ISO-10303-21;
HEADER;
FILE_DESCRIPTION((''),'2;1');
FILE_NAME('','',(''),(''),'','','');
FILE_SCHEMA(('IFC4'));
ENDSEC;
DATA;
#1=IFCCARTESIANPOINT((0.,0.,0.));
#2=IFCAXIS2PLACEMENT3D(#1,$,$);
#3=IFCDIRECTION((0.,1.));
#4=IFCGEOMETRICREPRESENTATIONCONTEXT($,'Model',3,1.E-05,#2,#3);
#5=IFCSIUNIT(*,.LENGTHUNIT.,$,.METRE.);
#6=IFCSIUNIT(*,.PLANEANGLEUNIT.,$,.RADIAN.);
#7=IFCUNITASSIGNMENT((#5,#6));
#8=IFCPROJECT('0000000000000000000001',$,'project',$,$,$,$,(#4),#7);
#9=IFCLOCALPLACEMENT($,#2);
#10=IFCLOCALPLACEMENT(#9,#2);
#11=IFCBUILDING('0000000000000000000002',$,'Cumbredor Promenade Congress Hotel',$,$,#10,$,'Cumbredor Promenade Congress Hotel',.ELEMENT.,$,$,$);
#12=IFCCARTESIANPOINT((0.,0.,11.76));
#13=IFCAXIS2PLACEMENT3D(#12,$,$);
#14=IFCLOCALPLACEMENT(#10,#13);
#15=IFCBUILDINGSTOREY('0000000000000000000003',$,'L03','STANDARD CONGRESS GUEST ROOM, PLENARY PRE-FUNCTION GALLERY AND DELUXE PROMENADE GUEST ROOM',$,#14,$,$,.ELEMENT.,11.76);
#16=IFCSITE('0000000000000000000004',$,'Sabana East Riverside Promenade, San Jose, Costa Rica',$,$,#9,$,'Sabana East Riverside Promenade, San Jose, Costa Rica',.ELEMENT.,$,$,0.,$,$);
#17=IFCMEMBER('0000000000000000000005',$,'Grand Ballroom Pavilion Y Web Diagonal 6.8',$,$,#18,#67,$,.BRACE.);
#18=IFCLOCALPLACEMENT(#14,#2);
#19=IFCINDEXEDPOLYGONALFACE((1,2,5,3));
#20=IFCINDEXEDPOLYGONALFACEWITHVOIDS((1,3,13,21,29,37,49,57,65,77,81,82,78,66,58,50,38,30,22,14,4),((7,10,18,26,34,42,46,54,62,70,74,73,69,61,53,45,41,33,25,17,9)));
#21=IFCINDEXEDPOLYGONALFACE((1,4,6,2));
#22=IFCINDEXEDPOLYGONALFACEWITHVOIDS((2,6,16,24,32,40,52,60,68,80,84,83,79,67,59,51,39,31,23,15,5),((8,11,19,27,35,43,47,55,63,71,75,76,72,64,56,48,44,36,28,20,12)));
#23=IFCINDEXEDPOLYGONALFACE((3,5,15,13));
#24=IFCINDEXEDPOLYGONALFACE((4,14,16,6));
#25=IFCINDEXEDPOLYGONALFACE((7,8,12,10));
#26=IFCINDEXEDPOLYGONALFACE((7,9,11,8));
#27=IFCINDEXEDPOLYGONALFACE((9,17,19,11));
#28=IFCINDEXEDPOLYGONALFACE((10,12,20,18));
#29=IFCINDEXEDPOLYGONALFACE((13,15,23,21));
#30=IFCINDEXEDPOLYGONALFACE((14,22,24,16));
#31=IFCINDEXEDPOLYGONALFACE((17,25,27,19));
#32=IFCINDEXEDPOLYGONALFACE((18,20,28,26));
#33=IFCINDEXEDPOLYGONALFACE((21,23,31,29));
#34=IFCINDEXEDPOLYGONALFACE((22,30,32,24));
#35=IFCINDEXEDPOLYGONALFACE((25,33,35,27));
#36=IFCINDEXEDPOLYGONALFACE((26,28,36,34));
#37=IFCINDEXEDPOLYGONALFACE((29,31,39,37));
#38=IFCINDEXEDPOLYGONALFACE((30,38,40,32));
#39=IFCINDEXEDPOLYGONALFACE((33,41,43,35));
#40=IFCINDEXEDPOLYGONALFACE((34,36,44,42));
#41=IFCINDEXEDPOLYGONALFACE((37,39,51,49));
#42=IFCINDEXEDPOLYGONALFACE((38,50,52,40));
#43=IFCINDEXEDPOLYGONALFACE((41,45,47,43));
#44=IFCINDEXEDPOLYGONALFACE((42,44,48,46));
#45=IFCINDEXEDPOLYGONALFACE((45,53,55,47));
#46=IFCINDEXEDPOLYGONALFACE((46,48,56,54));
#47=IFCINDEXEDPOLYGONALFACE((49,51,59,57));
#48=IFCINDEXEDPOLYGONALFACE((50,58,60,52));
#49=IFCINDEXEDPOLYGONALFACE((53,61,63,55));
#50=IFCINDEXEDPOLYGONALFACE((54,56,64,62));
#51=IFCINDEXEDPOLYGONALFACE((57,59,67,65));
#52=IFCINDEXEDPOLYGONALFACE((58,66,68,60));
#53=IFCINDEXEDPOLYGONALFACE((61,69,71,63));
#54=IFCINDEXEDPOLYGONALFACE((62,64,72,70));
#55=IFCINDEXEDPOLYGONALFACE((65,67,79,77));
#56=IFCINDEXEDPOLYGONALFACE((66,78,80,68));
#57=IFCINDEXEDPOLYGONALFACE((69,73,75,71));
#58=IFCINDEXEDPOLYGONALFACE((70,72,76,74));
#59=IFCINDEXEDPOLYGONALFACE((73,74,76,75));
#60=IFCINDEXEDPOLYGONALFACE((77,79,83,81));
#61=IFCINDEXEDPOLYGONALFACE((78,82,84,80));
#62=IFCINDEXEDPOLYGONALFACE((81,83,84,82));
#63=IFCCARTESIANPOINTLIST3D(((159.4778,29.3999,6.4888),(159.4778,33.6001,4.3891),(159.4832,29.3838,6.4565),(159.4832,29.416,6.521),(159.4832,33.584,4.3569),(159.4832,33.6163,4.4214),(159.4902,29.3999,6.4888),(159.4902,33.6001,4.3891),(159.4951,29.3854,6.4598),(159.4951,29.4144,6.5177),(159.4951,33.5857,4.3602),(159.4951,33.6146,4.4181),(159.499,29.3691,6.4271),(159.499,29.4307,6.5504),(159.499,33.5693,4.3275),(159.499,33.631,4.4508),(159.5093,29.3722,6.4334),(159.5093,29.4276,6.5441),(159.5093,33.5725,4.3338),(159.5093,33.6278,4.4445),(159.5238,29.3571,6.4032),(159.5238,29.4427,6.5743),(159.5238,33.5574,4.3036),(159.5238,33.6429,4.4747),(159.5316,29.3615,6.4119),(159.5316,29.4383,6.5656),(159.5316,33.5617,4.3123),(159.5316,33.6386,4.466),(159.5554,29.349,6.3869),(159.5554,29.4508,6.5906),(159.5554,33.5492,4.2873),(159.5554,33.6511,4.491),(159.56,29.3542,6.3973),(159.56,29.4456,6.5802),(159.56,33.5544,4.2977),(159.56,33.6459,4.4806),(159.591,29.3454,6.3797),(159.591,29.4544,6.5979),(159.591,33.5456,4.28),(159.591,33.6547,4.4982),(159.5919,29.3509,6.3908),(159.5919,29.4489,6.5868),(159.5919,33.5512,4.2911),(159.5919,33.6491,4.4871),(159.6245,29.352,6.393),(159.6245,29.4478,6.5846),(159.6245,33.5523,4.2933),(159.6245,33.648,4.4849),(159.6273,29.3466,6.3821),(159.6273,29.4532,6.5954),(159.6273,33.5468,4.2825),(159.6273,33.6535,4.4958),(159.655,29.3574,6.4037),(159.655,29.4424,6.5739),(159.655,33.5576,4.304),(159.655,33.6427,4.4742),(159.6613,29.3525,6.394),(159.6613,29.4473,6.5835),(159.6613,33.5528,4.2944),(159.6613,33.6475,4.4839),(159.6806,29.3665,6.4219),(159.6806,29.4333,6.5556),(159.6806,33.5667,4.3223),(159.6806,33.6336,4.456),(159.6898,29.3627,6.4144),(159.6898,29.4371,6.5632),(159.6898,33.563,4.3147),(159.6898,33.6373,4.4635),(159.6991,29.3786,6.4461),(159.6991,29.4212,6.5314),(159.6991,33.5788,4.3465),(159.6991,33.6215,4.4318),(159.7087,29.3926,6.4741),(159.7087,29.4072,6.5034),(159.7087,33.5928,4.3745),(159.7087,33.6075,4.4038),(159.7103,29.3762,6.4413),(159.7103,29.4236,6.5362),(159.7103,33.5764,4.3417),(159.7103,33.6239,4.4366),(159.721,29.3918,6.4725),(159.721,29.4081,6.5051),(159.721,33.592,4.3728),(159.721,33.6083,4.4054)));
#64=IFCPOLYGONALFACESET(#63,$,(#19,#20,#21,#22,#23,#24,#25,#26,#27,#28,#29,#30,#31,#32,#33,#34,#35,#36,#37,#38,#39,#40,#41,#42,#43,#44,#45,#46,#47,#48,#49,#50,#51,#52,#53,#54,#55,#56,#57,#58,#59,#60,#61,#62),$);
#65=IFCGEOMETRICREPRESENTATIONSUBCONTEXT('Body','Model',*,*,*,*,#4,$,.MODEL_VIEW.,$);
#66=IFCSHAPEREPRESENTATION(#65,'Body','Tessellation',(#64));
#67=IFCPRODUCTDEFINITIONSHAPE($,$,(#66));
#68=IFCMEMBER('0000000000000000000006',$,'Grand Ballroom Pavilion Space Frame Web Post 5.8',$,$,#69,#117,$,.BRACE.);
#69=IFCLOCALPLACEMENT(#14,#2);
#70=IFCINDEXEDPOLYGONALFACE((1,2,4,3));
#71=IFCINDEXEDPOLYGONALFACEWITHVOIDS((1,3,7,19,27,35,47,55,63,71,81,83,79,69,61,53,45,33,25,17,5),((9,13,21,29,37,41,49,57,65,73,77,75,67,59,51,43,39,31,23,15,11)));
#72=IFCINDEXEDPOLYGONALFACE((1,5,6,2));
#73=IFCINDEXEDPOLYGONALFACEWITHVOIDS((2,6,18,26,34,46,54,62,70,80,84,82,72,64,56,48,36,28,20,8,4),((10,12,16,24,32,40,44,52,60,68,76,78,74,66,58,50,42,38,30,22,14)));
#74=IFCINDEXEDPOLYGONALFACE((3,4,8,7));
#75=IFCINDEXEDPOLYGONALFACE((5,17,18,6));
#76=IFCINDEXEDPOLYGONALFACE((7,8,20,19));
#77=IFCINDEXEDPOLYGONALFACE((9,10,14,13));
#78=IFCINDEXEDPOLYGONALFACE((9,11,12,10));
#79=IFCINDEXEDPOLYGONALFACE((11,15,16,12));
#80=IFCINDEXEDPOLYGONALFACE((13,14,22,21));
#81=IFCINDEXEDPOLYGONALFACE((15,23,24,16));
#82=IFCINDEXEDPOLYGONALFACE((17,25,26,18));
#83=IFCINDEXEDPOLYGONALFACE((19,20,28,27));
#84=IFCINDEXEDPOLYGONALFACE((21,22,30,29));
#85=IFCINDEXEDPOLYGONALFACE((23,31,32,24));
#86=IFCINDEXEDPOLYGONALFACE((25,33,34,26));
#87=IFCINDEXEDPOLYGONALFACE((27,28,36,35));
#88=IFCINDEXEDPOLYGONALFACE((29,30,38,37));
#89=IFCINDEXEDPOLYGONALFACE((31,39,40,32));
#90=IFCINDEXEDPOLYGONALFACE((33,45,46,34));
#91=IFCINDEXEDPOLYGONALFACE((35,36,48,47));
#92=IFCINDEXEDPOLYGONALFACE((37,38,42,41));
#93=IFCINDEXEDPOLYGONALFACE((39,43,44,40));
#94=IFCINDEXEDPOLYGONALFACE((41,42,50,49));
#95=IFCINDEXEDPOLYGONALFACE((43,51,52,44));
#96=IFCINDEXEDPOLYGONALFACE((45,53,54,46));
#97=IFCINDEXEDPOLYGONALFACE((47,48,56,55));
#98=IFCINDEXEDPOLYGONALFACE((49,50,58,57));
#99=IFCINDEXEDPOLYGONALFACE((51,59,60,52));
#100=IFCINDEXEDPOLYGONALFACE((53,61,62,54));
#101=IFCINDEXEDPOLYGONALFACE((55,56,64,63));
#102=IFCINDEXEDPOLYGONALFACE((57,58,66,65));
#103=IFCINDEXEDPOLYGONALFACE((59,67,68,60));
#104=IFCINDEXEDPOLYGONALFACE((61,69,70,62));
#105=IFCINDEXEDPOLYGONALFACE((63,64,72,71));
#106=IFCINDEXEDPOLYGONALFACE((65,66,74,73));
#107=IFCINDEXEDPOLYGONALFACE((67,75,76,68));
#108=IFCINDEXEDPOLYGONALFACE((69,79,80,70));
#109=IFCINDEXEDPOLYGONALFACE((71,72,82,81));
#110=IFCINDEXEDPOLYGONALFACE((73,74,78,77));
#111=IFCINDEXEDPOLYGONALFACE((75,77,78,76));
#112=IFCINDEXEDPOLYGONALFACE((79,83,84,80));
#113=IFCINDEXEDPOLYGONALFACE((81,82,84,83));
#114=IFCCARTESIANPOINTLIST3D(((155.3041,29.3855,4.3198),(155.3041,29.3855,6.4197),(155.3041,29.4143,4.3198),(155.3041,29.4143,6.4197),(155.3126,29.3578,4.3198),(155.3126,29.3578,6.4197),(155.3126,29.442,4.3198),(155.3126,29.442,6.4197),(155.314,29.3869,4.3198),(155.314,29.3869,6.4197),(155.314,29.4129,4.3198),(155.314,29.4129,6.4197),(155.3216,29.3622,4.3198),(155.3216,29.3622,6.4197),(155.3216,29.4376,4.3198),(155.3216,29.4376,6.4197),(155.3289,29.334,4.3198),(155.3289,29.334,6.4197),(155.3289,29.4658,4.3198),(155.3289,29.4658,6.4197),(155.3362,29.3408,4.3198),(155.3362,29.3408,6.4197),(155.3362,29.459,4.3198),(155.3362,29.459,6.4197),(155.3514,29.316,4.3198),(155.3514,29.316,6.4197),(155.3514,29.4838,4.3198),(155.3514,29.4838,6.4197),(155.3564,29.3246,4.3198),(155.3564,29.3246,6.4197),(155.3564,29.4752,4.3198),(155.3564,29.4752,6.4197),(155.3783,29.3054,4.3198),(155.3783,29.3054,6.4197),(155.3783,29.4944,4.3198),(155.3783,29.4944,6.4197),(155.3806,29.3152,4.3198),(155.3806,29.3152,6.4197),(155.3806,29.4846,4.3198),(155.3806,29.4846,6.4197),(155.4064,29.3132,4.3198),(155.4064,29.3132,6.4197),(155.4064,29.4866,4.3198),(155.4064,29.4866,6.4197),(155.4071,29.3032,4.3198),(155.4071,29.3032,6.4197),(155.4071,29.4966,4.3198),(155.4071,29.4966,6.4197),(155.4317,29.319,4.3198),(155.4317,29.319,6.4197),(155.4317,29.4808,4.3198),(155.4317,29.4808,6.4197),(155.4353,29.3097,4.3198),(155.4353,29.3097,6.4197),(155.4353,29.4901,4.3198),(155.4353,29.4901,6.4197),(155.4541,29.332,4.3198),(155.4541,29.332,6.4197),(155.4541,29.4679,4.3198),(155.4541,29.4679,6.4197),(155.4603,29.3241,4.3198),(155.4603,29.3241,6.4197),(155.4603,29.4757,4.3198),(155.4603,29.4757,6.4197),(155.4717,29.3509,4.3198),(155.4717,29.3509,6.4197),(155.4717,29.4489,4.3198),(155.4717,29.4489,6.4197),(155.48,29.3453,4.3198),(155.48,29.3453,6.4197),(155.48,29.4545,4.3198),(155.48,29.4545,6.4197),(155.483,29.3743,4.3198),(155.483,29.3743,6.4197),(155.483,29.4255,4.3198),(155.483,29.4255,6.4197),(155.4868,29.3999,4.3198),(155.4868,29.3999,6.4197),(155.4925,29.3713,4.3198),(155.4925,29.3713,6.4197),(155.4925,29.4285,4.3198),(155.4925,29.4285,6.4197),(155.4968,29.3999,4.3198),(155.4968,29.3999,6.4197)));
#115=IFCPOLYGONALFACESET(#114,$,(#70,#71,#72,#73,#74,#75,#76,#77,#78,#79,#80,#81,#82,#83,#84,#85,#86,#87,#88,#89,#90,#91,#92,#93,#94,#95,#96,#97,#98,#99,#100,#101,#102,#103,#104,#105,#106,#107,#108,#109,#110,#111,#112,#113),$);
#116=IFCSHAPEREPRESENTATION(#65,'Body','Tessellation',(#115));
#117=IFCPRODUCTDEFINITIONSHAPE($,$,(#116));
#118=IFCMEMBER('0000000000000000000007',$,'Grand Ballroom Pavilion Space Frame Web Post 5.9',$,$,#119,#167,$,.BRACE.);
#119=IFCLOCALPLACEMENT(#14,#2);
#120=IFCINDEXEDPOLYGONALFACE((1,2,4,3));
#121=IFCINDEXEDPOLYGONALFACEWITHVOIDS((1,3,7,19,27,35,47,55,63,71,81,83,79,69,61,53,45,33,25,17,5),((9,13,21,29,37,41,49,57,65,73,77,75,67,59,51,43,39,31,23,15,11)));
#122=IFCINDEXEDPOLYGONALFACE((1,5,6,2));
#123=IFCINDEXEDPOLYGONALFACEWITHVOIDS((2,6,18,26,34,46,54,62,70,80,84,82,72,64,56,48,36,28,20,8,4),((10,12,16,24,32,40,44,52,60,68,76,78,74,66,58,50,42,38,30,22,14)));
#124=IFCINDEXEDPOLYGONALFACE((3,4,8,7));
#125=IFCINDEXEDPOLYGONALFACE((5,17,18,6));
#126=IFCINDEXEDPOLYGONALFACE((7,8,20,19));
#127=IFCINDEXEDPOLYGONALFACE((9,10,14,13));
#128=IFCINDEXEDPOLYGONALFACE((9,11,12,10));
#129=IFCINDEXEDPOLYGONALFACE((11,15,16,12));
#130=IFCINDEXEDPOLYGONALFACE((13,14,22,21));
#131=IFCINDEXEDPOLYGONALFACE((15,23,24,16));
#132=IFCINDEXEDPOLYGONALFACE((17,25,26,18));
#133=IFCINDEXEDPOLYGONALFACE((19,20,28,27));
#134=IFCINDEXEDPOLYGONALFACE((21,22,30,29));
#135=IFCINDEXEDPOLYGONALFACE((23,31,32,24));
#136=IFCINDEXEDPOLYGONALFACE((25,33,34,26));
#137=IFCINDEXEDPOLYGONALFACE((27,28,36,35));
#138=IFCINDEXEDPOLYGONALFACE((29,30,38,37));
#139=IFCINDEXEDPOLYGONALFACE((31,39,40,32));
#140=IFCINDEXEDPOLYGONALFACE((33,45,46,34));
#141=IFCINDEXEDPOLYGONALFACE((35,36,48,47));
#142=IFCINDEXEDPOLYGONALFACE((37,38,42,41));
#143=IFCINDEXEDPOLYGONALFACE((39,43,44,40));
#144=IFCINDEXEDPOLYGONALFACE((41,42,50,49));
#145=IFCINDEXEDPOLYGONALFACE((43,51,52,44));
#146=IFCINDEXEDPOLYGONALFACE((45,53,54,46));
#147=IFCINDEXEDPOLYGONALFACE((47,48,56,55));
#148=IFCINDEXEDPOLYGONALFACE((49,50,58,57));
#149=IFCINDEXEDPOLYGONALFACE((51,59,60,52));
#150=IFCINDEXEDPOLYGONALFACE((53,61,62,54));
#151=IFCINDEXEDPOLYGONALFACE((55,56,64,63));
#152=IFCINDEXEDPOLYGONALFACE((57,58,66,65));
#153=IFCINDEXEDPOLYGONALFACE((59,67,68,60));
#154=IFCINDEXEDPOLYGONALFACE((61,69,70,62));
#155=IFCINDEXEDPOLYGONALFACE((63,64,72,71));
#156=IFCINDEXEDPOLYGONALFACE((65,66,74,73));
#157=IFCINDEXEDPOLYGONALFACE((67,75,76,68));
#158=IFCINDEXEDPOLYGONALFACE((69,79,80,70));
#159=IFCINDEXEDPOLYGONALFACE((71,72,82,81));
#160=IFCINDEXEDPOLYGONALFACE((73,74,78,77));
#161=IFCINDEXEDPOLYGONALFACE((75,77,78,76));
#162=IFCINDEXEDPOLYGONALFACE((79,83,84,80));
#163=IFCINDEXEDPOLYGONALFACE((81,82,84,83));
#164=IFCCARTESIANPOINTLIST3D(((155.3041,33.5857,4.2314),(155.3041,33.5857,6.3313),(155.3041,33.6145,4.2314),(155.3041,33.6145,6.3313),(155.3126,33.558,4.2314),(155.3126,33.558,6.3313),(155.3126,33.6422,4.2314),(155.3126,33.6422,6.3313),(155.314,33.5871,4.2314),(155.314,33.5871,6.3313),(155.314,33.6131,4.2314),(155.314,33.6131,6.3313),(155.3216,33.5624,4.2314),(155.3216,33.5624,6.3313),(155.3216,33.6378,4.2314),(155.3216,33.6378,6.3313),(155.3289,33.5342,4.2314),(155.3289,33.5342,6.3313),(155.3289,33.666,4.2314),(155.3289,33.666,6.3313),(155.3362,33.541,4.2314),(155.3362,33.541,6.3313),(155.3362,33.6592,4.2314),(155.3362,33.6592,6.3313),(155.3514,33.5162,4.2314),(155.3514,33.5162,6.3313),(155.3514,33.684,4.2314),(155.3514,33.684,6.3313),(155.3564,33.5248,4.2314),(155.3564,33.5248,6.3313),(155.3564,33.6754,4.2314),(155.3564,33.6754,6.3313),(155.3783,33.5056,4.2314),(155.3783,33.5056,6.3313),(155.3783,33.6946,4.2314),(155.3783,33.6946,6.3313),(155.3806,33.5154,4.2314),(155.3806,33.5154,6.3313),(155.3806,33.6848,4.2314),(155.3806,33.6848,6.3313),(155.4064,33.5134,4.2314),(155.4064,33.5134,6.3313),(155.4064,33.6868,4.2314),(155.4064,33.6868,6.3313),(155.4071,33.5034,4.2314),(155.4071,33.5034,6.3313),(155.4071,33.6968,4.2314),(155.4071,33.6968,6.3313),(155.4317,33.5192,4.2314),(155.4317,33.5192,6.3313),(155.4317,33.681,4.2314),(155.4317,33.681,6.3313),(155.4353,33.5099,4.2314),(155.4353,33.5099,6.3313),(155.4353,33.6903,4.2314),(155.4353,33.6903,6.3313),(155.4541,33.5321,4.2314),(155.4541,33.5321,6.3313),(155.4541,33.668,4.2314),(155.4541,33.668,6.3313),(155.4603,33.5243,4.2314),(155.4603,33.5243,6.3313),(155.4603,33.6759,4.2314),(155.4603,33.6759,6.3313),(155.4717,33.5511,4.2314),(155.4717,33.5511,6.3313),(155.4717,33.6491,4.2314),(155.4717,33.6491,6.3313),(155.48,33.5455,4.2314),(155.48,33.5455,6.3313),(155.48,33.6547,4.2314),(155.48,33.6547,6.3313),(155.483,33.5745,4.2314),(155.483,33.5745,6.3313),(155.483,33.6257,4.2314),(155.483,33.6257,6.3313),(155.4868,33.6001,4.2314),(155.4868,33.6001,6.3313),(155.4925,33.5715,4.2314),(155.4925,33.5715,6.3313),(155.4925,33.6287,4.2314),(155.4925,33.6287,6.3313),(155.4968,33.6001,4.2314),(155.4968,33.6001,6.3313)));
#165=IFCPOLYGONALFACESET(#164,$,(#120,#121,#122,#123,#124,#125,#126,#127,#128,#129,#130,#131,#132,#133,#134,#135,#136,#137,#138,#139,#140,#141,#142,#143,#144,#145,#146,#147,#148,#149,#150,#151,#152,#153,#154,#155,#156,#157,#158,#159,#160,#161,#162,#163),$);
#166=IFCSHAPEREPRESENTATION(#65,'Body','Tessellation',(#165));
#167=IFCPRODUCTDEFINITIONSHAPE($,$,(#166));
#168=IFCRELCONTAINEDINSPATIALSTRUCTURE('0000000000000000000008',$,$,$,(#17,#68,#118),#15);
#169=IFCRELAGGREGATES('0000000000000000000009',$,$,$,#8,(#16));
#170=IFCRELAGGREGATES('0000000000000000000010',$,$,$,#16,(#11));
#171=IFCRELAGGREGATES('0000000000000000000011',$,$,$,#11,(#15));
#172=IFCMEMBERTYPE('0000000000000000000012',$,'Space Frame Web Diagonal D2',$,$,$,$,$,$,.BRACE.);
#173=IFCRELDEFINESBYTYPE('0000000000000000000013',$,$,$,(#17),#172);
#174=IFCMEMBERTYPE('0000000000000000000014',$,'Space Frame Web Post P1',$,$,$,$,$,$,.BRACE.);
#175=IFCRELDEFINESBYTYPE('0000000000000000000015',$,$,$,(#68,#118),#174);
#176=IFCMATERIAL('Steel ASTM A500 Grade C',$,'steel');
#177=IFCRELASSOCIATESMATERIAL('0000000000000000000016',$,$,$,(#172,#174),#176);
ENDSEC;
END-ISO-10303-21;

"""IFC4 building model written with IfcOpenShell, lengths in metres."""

from ifc_helpers import new_model, si_unit, direction, frame, origin, origin_2d, place, context, subcontext, project, spatial, hollow_circle, extrude, material, material_profile, profile_set, type_object, element, save


model = new_model("IFC4")

# Units and contexts
model_context = context("Model", 3, precision=1e-05, world=origin(), true_north=direction((0.0, 1.0)))
body_context = subcontext(model_context, "Body", "Model", "MODEL_VIEW")
ifc_project = project(units=[si_unit("LENGTHUNIT", "METRE"), si_unit("PLANEANGLEUNIT", "RADIAN")], contexts=[model_context])

# Site, building, storey
site_placement = place(None, origin())
site = spatial("IfcSite", under=ifc_project, at=site_placement, Name="Sabana East Riverside Promenade, San Jose, Costa Rica", LongName="Sabana East Riverside Promenade, San Jose, Costa Rica", CompositionType="ELEMENT", RefElevation=0.0)
building_placement = place(site_placement, origin())
building = spatial("IfcBuilding", under=site, at=building_placement, Name="Cumbredor Promenade Congress Hotel", LongName="Cumbredor Promenade Congress Hotel", CompositionType="ELEMENT")
storey_placement = place(building_placement, frame((0.0, 0.0, 11.76)))
storey = spatial("IfcBuildingStorey", under=building, at=storey_placement, Name="L03", Description="STANDARD CONGRESS GUEST ROOM, PLENARY PRE-FUNCTION GALLERY AND DELUXE PROMENADE GUEST ROOM", CompositionType="ELEMENT", Elevation=11.76)

# Members
ifc_material_1 = material(Name="Steel ASTM A500 Grade C", Category="steel")
ifc_material_profile_1 = material_profile(ifc_material_1, hollow_circle(Radius=0.1223, WallThickness=0.0125, at=origin_2d()), Name="CHS 244.5x12.5")
ifc_profile_set_1 = profile_set([ifc_material_profile_1], Name="Steel ASTM A500 Grade C")
member_type_1 = type_object("IfcMemberType", Name="Space Frame Web Diagonal D2", PredefinedType="BRACE", material=ifc_profile_set_1)
member_1_placement = place(storey_placement, frame((159.6001, 29.3999, 6.4888), z_axis=(0.0, 0.894469, -0.44713), x_axis=(-1.0, 0.0, 0.0)))
element("IfcMember", 1, at=member_1_placement, inside=storey, type_object=member_type_1, Name="Grand Ballroom Pavilion Y Web Diagonal 6.8", PredefinedType="BRACE", context=body_context, shape_type="SweptSolid", body=[
    extrude(hollow_circle(Radius=0.1223, WallThickness=0.0125, at=origin_2d()), origin(), (0.0, 0.0, 1.0), 4.6958),
])
ifc_material_profile_2 = material_profile(ifc_material_1, hollow_circle(Radius=0.0969, WallThickness=0.01, at=origin_2d()), Name="CHS 193.7x10")
ifc_profile_set_2 = profile_set([ifc_material_profile_2], Name="Steel ASTM A500 Grade C")
member_type_2 = type_object("IfcMemberType", Name="Space Frame Web Post P1", PredefinedType="BRACE", material=ifc_profile_set_2)
for number, where, z_axis, x_axis, name in (
    (2, (155.3999, 29.3999, 4.3198), (0.0, 0.0, 1.0), (1.0, 0.0, 0.0), "Grand Ballroom Pavilion Space Frame Web Post 5.8"),
    (3, (155.3999, 33.6001, 4.2314), (0.0, 0.0, 1.0), (1.0, 0.0, 0.0), "Grand Ballroom Pavilion Space Frame Web Post 5.9"),
):
    element("IfcMember", number, at=place(storey_placement, frame(where, z_axis=z_axis, x_axis=x_axis)), inside=storey, type_object=member_type_2, Name=name, PredefinedType="BRACE", context=body_context, shape_type="SweptSolid", body=[
        extrude(hollow_circle(Radius=0.0969, WallThickness=0.01, at=origin_2d()), origin(), (0.0, 0.0, 1.0), 2.0999),
    ])

save(model, "model.ifc")
